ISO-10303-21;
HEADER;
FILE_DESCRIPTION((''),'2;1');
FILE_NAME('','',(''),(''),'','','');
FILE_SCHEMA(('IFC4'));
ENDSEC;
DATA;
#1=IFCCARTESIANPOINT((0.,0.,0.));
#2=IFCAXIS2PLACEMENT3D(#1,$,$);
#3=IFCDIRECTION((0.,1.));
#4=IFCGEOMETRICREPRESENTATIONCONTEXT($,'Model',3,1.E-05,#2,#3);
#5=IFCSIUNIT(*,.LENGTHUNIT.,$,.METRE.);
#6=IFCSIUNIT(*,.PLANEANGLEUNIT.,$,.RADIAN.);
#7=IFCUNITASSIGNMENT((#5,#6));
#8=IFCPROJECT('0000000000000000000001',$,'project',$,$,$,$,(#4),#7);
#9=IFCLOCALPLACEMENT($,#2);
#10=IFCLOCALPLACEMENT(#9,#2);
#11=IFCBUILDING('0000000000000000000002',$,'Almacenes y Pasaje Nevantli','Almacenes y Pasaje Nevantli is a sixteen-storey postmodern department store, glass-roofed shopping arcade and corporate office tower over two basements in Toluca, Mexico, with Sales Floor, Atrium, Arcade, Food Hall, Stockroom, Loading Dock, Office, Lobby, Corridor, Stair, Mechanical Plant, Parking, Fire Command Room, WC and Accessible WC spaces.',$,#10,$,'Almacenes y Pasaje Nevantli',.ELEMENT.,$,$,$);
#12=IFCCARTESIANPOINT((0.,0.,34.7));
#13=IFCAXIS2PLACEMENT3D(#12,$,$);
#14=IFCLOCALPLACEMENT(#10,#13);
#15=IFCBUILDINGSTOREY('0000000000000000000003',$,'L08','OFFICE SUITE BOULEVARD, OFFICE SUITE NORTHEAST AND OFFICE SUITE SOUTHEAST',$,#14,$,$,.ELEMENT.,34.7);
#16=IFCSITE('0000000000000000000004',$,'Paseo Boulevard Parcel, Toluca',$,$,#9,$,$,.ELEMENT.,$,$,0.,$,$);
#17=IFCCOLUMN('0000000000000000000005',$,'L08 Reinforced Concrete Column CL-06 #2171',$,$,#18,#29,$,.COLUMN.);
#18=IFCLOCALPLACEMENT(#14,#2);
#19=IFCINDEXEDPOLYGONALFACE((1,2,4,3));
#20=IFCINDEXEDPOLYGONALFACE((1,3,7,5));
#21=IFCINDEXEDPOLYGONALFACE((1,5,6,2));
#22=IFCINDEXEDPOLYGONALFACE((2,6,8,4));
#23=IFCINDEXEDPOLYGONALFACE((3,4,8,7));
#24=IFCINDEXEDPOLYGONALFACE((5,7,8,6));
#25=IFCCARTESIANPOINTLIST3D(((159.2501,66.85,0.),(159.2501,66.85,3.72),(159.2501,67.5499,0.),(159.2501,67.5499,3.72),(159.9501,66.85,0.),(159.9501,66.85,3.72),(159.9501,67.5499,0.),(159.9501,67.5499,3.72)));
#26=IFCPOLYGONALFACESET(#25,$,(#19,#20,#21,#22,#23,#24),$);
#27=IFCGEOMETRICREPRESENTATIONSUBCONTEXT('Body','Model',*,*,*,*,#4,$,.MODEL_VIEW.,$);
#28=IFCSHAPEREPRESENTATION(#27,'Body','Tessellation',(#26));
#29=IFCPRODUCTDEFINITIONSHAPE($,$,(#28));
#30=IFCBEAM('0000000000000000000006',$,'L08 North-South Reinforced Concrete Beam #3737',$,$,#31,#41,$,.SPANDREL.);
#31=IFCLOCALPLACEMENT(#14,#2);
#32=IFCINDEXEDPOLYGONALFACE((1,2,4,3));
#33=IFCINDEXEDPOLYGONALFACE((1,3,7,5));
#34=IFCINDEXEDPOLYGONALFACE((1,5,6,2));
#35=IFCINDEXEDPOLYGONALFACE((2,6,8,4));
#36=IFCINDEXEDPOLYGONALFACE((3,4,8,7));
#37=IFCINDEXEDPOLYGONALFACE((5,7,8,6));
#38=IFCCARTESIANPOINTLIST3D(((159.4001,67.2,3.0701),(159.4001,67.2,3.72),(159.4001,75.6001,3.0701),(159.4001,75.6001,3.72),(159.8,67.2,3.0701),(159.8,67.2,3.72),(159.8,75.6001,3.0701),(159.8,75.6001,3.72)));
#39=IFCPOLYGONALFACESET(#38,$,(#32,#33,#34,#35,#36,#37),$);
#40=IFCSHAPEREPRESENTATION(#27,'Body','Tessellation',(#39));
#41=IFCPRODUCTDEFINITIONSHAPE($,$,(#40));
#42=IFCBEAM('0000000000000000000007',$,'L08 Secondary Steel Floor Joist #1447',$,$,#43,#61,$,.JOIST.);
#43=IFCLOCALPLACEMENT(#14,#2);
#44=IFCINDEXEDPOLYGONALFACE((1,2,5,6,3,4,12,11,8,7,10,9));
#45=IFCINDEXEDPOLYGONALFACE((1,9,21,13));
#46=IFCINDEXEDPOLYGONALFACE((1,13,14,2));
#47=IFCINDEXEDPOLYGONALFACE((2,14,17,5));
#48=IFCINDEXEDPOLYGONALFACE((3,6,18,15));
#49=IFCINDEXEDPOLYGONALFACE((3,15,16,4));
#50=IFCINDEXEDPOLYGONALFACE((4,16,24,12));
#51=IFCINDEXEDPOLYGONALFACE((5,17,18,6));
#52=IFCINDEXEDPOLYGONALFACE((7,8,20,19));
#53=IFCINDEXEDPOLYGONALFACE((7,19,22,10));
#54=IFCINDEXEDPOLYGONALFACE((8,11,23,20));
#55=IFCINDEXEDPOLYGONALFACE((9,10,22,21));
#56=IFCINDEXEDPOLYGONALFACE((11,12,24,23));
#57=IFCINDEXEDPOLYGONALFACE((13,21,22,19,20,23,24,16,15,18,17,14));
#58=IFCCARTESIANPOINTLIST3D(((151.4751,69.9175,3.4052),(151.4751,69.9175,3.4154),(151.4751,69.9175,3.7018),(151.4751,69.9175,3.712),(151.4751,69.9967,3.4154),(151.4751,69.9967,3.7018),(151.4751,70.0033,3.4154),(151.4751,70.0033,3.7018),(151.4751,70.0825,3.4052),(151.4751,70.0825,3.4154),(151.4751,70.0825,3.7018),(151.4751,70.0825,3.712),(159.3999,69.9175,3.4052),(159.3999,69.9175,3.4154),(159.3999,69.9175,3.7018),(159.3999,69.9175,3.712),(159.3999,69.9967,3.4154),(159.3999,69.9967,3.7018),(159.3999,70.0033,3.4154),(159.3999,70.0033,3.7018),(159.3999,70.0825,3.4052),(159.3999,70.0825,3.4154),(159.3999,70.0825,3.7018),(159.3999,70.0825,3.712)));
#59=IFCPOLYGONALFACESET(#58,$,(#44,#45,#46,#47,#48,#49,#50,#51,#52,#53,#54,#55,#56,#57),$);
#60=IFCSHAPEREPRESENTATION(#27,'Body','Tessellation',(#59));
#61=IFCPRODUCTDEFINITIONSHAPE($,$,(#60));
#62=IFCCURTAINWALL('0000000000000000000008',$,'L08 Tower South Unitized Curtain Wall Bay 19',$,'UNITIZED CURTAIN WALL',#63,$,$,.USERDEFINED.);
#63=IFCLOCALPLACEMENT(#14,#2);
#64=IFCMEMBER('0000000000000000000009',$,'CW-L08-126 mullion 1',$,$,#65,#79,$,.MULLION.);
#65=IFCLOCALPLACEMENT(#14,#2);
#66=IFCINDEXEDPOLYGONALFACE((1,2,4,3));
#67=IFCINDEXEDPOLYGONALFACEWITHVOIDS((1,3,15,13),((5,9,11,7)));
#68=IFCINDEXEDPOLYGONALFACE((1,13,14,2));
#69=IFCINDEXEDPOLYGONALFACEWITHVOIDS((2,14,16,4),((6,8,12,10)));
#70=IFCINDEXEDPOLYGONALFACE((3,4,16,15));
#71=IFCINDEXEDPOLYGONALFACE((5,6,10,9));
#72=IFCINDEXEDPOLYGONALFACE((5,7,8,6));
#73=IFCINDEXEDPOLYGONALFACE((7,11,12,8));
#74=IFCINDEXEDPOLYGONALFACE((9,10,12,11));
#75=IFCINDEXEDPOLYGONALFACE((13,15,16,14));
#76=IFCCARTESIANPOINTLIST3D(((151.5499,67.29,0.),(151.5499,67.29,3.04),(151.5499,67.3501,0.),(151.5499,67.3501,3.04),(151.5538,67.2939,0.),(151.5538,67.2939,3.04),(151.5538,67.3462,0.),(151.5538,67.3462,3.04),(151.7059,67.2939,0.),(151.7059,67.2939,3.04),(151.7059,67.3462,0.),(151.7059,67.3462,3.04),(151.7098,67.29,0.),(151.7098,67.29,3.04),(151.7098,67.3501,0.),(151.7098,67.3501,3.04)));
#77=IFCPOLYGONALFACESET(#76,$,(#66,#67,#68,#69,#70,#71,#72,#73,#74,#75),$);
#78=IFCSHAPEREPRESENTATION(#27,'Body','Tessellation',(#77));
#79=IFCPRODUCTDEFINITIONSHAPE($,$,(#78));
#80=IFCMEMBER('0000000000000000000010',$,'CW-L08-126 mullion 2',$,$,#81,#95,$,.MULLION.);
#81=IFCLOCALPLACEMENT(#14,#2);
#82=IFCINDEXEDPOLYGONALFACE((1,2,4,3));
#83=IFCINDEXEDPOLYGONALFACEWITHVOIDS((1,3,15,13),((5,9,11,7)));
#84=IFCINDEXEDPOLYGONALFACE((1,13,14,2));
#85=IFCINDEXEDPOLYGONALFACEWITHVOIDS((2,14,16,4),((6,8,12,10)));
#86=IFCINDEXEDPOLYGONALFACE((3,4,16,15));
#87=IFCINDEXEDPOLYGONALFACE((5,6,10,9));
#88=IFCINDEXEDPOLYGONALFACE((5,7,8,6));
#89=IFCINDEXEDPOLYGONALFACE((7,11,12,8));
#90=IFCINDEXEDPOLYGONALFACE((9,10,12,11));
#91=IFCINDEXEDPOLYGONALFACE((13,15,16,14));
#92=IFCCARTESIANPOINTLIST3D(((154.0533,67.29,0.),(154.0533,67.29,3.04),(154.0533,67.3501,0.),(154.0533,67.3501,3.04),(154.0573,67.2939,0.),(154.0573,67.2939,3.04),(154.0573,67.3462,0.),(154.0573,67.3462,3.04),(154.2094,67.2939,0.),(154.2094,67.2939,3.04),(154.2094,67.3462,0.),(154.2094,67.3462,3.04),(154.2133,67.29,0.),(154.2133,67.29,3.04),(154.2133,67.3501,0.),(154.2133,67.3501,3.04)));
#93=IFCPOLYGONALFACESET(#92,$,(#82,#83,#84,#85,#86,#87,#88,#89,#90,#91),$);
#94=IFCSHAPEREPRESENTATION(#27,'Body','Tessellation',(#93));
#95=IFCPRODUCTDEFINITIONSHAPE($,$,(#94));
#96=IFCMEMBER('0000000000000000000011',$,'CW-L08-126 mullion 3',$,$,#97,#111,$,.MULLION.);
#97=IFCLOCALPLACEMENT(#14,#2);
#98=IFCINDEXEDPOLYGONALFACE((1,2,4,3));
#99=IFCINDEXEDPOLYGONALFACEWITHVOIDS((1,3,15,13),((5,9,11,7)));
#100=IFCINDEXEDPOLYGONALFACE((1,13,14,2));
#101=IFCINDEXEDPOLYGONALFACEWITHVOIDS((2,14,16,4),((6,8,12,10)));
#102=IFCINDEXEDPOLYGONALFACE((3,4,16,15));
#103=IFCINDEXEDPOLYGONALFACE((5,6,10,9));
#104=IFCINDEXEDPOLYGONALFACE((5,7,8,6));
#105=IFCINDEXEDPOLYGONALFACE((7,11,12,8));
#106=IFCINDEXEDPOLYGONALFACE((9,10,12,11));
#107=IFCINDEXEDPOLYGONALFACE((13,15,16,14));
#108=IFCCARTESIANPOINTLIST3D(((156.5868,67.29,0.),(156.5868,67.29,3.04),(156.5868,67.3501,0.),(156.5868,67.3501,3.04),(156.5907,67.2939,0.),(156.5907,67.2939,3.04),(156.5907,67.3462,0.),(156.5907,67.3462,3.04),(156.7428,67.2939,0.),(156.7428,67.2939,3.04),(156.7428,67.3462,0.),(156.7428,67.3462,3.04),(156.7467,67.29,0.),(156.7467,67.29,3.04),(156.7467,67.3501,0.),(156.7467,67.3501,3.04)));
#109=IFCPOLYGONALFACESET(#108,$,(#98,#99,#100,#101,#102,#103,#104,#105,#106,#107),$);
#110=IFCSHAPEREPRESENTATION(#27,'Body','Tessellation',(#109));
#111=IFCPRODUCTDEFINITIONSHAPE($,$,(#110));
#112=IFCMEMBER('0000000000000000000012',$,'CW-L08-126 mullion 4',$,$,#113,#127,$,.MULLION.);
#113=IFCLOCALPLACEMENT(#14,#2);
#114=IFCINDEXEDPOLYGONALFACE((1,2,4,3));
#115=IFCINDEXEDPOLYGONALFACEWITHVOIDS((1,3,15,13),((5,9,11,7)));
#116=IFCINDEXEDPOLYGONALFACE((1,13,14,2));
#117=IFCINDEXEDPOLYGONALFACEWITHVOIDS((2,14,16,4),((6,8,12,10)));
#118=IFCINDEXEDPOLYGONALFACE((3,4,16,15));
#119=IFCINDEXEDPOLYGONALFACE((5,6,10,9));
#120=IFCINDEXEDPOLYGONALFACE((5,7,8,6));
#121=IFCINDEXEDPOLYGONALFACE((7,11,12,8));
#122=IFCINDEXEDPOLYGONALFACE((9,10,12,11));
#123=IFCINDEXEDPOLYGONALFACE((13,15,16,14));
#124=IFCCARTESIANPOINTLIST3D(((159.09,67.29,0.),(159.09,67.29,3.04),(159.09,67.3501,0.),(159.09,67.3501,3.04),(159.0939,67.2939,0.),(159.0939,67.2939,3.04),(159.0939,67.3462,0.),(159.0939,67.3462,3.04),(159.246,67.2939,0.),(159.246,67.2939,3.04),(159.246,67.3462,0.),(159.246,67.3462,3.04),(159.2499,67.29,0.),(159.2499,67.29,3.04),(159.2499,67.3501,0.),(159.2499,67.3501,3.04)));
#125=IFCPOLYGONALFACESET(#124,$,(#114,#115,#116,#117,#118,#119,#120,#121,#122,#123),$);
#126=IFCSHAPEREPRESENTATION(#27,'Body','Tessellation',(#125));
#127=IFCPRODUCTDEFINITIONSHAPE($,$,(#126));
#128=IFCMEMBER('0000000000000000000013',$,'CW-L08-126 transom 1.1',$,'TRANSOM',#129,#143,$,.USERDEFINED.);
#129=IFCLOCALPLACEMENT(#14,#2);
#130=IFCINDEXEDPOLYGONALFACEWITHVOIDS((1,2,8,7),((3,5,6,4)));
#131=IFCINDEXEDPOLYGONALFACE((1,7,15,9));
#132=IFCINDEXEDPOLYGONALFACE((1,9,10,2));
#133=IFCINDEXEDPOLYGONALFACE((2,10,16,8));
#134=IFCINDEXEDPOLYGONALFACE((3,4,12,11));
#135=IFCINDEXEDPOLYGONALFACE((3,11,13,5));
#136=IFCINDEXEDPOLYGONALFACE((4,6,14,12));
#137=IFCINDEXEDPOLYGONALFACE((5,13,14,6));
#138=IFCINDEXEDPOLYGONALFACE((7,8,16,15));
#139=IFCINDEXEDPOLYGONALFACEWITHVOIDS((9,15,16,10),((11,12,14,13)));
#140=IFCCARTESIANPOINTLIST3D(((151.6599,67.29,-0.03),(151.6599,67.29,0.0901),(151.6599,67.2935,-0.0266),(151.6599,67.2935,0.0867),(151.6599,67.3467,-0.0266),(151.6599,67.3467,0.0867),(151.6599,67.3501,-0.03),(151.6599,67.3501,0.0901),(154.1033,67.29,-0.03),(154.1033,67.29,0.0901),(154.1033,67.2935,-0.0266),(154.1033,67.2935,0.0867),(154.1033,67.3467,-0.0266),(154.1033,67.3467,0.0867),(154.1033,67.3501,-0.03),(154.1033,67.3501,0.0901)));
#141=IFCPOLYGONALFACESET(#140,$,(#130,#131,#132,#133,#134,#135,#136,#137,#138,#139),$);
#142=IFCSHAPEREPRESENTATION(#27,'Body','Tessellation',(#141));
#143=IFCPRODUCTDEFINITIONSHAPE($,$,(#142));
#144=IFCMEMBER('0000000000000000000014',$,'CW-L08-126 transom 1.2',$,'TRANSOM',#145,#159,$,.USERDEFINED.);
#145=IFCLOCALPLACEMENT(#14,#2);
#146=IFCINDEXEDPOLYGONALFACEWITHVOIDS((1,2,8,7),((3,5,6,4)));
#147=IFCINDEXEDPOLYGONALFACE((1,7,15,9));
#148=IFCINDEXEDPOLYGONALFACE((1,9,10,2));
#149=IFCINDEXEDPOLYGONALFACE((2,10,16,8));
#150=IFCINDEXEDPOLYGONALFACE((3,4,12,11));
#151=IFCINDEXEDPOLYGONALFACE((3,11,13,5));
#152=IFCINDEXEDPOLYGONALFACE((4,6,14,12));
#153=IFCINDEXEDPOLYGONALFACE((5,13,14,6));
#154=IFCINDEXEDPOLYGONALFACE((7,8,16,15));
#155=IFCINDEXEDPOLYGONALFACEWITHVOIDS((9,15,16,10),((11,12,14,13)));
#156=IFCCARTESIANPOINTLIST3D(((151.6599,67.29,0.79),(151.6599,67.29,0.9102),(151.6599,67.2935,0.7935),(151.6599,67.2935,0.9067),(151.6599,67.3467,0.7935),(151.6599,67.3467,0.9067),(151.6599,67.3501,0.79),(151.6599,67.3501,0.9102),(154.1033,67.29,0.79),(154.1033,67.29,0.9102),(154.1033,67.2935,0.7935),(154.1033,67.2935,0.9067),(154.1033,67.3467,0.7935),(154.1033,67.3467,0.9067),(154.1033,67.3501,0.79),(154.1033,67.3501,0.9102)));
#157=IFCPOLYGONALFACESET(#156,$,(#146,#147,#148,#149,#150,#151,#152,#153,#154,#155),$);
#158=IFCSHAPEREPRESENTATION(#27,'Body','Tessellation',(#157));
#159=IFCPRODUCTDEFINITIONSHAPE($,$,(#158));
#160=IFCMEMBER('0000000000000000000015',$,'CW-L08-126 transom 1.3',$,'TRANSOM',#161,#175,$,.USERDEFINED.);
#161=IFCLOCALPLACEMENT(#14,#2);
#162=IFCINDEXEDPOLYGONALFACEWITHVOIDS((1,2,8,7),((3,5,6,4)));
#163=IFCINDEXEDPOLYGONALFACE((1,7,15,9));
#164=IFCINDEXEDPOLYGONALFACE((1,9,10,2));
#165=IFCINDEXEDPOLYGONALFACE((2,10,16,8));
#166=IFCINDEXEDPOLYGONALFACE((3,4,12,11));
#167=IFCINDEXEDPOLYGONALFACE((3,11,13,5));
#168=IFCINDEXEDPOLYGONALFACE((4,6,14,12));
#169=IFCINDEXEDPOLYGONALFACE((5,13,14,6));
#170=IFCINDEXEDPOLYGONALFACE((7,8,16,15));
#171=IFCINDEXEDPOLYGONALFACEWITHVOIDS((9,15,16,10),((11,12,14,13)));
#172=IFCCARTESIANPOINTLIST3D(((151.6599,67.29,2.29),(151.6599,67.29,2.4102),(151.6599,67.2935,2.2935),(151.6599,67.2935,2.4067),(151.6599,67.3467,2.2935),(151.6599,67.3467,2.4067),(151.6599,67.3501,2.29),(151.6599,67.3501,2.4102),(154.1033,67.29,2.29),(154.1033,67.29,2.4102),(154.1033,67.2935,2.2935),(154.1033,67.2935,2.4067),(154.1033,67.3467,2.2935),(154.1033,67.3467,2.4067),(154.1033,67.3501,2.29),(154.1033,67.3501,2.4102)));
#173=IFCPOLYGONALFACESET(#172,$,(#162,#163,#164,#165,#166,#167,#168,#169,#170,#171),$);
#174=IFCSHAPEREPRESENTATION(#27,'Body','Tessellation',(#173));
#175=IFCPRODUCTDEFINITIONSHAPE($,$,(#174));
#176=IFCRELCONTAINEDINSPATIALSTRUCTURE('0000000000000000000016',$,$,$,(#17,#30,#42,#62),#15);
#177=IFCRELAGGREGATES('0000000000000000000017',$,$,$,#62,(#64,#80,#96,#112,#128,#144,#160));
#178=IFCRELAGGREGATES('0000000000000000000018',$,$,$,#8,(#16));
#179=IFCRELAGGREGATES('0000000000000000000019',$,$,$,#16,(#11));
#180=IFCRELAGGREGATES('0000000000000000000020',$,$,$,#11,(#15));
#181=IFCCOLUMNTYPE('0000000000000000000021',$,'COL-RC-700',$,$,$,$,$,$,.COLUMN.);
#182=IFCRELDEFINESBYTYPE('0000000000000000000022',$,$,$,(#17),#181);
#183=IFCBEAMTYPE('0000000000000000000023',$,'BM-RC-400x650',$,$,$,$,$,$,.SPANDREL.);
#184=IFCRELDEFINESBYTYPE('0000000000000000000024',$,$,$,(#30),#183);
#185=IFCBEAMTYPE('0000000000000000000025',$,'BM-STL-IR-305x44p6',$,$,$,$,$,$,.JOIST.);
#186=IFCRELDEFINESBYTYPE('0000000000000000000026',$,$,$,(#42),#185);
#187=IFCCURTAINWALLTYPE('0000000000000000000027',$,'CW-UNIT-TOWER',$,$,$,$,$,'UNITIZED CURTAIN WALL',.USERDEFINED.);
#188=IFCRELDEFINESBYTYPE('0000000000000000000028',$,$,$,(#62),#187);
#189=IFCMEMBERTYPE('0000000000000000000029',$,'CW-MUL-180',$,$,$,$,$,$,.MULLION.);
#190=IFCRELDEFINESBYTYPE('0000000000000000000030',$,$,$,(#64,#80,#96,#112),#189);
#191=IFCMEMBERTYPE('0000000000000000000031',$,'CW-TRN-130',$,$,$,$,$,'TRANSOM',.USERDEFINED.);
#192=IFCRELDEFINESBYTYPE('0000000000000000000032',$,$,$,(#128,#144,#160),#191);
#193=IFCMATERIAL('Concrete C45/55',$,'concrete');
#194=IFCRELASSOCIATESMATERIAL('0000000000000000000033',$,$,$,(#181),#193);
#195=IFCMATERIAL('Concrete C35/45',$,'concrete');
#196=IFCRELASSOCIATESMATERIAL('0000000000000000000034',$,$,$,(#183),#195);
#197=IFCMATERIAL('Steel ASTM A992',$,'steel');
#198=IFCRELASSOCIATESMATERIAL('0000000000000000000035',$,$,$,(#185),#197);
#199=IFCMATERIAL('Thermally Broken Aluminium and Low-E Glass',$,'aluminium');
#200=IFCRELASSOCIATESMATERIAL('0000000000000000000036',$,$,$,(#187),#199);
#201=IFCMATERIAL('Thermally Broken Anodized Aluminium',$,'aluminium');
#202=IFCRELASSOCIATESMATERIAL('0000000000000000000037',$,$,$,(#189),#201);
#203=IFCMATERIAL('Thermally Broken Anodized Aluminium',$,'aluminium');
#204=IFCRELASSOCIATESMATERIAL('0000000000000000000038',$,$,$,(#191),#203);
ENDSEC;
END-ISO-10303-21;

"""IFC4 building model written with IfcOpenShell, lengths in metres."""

from ifc_helpers import new_model, si_unit, direction, frame, origin, origin_2d, place, context, subcontext, project, spatial, rectangle, hollow_rectangle, i_section, extrude, material, material_profile, profile_set, type_object, element, aggregate, save


model = new_model("IFC4")

# Units and contexts
model_context = context("Model", 3, precision=1e-05, world=origin(), true_north=direction((0.0, 1.0)))
body_context = subcontext(model_context, "Body", "Model", "MODEL_VIEW")
ifc_project = project(units=[si_unit("LENGTHUNIT", "METRE"), si_unit("PLANEANGLEUNIT", "RADIAN")], contexts=[model_context])

# Site, building, storey
site_placement = place(None, origin())
site = spatial("IfcSite", under=ifc_project, at=site_placement, Name="Paseo Boulevard Parcel, Toluca", CompositionType="ELEMENT", RefElevation=0.0)
building_placement = place(site_placement, origin())
building = spatial("IfcBuilding", under=site, at=building_placement, Name="Almacenes y Pasaje Nevantli", Description="Almacenes y Pasaje Nevantli is a sixteen-storey postmodern department store, glass-roofed shopping arcade and corporate office tower over two basements in Toluca, Mexico, with Sales Floor, Atrium, Arcade, Food Hall, Stockroom, Loading Dock, Office, Lobby, Corridor, Stair, Mechanical Plant, Parking, Fire Command Room, WC and Accessible WC spaces.", LongName="Almacenes y Pasaje Nevantli", CompositionType="ELEMENT")
storey_placement = place(building_placement, frame((0.0, 0.0, 34.7)))
storey = spatial("IfcBuildingStorey", under=building, at=storey_placement, Name="L08", Description="OFFICE SUITE BOULEVARD, OFFICE SUITE NORTHEAST AND OFFICE SUITE SOUTHEAST", CompositionType="ELEMENT", Elevation=34.7)

# Column
ifc_material_1 = material(Name="Concrete C45/55", Category="concrete")
ifc_material_profile_1 = material_profile(ifc_material_1, rectangle(XDim=0.7, YDim=0.7, at=origin_2d()), Name="RC-COL-700x700")
ifc_profile_set_1 = profile_set([ifc_material_profile_1], Name="Concrete C45/55")
column_type = type_object("IfcColumnType", Name="COL-RC-700", PredefinedType="COLUMN", material=ifc_profile_set_1)
column_placement = place(storey_placement, frame((159.6001, 67.2, 0.0), z_axis=(0.0, 0.0, 1.0), x_axis=(1.0, 0.0, 0.0)))
element("IfcColumn", 1, at=column_placement, inside=storey, type_object=column_type, Name="L08 Reinforced Concrete Column CL-06 #2171", PredefinedType="COLUMN", context=body_context, shape_type="SweptSolid", body=[
    extrude(rectangle(XDim=0.7, YDim=0.7, at=origin_2d()), origin(), (0.0, 0.0, 1.0), 3.72),
])

# Beams
ifc_material_2 = material(Name="Concrete C35/45", Category="concrete")
ifc_material_profile_2 = material_profile(ifc_material_2, rectangle(XDim=0.3999, YDim=0.6499, at=origin_2d()), Name="RC-BM-400x650")
ifc_profile_set_2 = profile_set([ifc_material_profile_2], Name="Concrete C35/45")
beam_type_1 = type_object("IfcBeamType", Name="BM-RC-400x650", PredefinedType="SPANDREL", material=ifc_profile_set_2)
beam_1_placement = place(storey_placement, frame((159.6001, 67.2, 3.395), z_axis=(0.0, 1.0, 0.0), x_axis=(-1.0, 0.0, 0.0)))
element("IfcBeam", 2, at=beam_1_placement, inside=storey, type_object=beam_type_1, Name="L08 North-South Reinforced Concrete Beam #3737", PredefinedType="SPANDREL", context=body_context, shape_type="SweptSolid", body=[
    extrude(rectangle(XDim=0.3999, YDim=0.6499, at=origin_2d()), origin(), (0.0, 0.0, 1.0), 8.4001),
])
ifc_material_3 = material(Name="Steel ASTM A992", Category="steel")
ifc_material_profile_3 = material_profile(ifc_material_3, i_section(OverallWidth=0.165, OverallDepth=0.3069, WebThickness=0.0066, FlangeThickness=0.0103, at=origin_2d()), Name="IR 305x44.6")
ifc_profile_set_3 = profile_set([ifc_material_profile_3], Name="Steel ASTM A992")
beam_type_2 = type_object("IfcBeamType", Name="BM-STL-IR-305x44p6", PredefinedType="JOIST", material=ifc_profile_set_3)
beam_2_placement = place(storey_placement, frame((151.4751, 70.0, 3.5586), z_axis=(1.0, 0.0, 0.0), x_axis=(0.0, 1.0, 0.0)))
element("IfcBeam", 3, at=beam_2_placement, inside=storey, type_object=beam_type_2, Name="L08 Secondary Steel Floor Joist #1447", PredefinedType="JOIST", context=body_context, shape_type="SweptSolid", body=[
    extrude(i_section(OverallWidth=0.165, OverallDepth=0.3069, WebThickness=0.0066, FlangeThickness=0.0103, at=origin_2d()), origin(), (0.0, 0.0, 1.0), 7.9248),
])

# Curtain wall, members
ifc_material_4 = material(Name="Thermally Broken Aluminium and Low-E Glass", Category="aluminium")
curtain_wall_type = type_object("IfcCurtainWallType", Name="CW-UNIT-TOWER", ElementType="UNITIZED CURTAIN WALL", PredefinedType="USERDEFINED", material=ifc_material_4)
curtain_wall_placement = place(storey_placement, origin())
curtain_wall = element("IfcCurtainWall", 4, at=curtain_wall_placement, inside=storey, type_object=curtain_wall_type, Name="L08 Tower South Unitized Curtain Wall Bay 19", ObjectType="UNITIZED CURTAIN WALL", PredefinedType="USERDEFINED")
ifc_material_5 = material(Name="Thermally Broken Anodized Aluminium", Category="aluminium")
ifc_material_profile_4 = material_profile(ifc_material_5, hollow_rectangle(XDim=0.0601, YDim=0.1599, WallThickness=0.0039, at=origin_2d()), Name="ALU-MUL-60x160")
ifc_profile_set_4 = profile_set([ifc_material_profile_4], Name="Thermally Broken Anodized Aluminium")
member_type_1 = type_object("IfcMemberType", Name="CW-MUL-180", PredefinedType="MULLION", material=ifc_profile_set_4)
member_1_placement = place(storey_placement, frame((151.6299, 67.3201, 0.0), z_axis=(0.0, 0.0, 1.0), x_axis=(0.0, 1.0, 0.0)))
member_1 = element("IfcMember", 5, at=member_1_placement, type_object=member_type_1, Name="CW-L08-126 mullion 1", PredefinedType="MULLION", context=body_context, shape_type="SweptSolid", body=[
    extrude(hollow_rectangle(XDim=0.0601, YDim=0.1599, WallThickness=0.0039, at=origin_2d()), origin(), (0.0, 0.0, 1.0), 3.04),
])
member_2_placement = place(storey_placement, frame((154.1333, 67.3201, 0.0), z_axis=(0.0, 0.0, 1.0), x_axis=(0.0, 1.0, 0.0)))
member_2 = element("IfcMember", 6, at=member_2_placement, type_object=member_type_1, Name="CW-L08-126 mullion 2", PredefinedType="MULLION", context=body_context, shape_type="SweptSolid", body=[
    extrude(hollow_rectangle(XDim=0.0601, YDim=0.1599, WallThickness=0.0039, at=origin_2d()), origin(), (0.0, 0.0, 1.0), 3.04),
])
member_3_placement = place(storey_placement, frame((156.6667, 67.3201, 0.0), z_axis=(0.0, 0.0, 1.0), x_axis=(0.0, 1.0, 0.0)))
member_3 = element("IfcMember", 7, at=member_3_placement, type_object=member_type_1, Name="CW-L08-126 mullion 3", PredefinedType="MULLION", context=body_context, shape_type="SweptSolid", body=[
    extrude(hollow_rectangle(XDim=0.0601, YDim=0.1599, WallThickness=0.0039, at=origin_2d()), origin(), (0.0, 0.0, 1.0), 3.04),
])
member_4_placement = place(storey_placement, frame((159.1699, 67.3201, 0.0), z_axis=(0.0, 0.0, 1.0), x_axis=(0.0, 1.0, 0.0)))
member_4 = element("IfcMember", 8, at=member_4_placement, type_object=member_type_1, Name="CW-L08-126 mullion 4", PredefinedType="MULLION", context=body_context, shape_type="SweptSolid", body=[
    extrude(hollow_rectangle(XDim=0.0601, YDim=0.1599, WallThickness=0.0039, at=origin_2d()), origin(), (0.0, 0.0, 1.0), 3.04),
])
ifc_material_6 = material(Name="Thermally Broken Anodized Aluminium", Category="aluminium")
ifc_material_profile_5 = material_profile(ifc_material_6, hollow_rectangle(XDim=0.0601, YDim=0.1201, WallThickness=0.0034, at=origin_2d()), Name="ALU-TRN-60x120")
ifc_profile_set_5 = profile_set([ifc_material_profile_5], Name="Thermally Broken Anodized Aluminium")
member_type_2 = type_object("IfcMemberType", Name="CW-TRN-130", ElementType="TRANSOM", PredefinedType="USERDEFINED", material=ifc_profile_set_5)
member_5_placement = place(storey_placement, frame((151.6599, 67.3201, 0.03), z_axis=(1.0, 0.0, 0.0), x_axis=(0.0, 1.0, 0.0)))
member_5 = element("IfcMember", 9, at=member_5_placement, type_object=member_type_2, Name="CW-L08-126 transom 1.1", ObjectType="TRANSOM", PredefinedType="USERDEFINED", context=body_context, shape_type="SweptSolid", body=[
    extrude(hollow_rectangle(XDim=0.0601, YDim=0.1201, WallThickness=0.0034, at=origin_2d()), origin(), (0.0, 0.0, 1.0), 2.4434),
])
member_6_placement = place(storey_placement, frame((151.6599, 67.3201, 0.8501), z_axis=(1.0, 0.0, 0.0), x_axis=(0.0, 1.0, 0.0)))
member_6 = element("IfcMember", 10, at=member_6_placement, type_object=member_type_2, Name="CW-L08-126 transom 1.2", ObjectType="TRANSOM", PredefinedType="USERDEFINED", context=body_context, shape_type="SweptSolid", body=[
    extrude(hollow_rectangle(XDim=0.0601, YDim=0.1201, WallThickness=0.0034, at=origin_2d()), origin(), (0.0, 0.0, 1.0), 2.4434),
])
member_7_placement = place(storey_placement, frame((151.6599, 67.3201, 2.3501), z_axis=(1.0, 0.0, 0.0), x_axis=(0.0, 1.0, 0.0)))
member_7 = element("IfcMember", 11, at=member_7_placement, type_object=member_type_2, Name="CW-L08-126 transom 1.3", ObjectType="TRANSOM", PredefinedType="USERDEFINED", context=body_context, shape_type="SweptSolid", body=[
    extrude(hollow_rectangle(XDim=0.0601, YDim=0.1201, WallThickness=0.0034, at=origin_2d()), origin(), (0.0, 0.0, 1.0), 2.4434),
])
aggregate(curtain_wall, [member_1, member_2, member_3, member_4, member_5, member_6, member_7])

save(model, "model.ifc")
